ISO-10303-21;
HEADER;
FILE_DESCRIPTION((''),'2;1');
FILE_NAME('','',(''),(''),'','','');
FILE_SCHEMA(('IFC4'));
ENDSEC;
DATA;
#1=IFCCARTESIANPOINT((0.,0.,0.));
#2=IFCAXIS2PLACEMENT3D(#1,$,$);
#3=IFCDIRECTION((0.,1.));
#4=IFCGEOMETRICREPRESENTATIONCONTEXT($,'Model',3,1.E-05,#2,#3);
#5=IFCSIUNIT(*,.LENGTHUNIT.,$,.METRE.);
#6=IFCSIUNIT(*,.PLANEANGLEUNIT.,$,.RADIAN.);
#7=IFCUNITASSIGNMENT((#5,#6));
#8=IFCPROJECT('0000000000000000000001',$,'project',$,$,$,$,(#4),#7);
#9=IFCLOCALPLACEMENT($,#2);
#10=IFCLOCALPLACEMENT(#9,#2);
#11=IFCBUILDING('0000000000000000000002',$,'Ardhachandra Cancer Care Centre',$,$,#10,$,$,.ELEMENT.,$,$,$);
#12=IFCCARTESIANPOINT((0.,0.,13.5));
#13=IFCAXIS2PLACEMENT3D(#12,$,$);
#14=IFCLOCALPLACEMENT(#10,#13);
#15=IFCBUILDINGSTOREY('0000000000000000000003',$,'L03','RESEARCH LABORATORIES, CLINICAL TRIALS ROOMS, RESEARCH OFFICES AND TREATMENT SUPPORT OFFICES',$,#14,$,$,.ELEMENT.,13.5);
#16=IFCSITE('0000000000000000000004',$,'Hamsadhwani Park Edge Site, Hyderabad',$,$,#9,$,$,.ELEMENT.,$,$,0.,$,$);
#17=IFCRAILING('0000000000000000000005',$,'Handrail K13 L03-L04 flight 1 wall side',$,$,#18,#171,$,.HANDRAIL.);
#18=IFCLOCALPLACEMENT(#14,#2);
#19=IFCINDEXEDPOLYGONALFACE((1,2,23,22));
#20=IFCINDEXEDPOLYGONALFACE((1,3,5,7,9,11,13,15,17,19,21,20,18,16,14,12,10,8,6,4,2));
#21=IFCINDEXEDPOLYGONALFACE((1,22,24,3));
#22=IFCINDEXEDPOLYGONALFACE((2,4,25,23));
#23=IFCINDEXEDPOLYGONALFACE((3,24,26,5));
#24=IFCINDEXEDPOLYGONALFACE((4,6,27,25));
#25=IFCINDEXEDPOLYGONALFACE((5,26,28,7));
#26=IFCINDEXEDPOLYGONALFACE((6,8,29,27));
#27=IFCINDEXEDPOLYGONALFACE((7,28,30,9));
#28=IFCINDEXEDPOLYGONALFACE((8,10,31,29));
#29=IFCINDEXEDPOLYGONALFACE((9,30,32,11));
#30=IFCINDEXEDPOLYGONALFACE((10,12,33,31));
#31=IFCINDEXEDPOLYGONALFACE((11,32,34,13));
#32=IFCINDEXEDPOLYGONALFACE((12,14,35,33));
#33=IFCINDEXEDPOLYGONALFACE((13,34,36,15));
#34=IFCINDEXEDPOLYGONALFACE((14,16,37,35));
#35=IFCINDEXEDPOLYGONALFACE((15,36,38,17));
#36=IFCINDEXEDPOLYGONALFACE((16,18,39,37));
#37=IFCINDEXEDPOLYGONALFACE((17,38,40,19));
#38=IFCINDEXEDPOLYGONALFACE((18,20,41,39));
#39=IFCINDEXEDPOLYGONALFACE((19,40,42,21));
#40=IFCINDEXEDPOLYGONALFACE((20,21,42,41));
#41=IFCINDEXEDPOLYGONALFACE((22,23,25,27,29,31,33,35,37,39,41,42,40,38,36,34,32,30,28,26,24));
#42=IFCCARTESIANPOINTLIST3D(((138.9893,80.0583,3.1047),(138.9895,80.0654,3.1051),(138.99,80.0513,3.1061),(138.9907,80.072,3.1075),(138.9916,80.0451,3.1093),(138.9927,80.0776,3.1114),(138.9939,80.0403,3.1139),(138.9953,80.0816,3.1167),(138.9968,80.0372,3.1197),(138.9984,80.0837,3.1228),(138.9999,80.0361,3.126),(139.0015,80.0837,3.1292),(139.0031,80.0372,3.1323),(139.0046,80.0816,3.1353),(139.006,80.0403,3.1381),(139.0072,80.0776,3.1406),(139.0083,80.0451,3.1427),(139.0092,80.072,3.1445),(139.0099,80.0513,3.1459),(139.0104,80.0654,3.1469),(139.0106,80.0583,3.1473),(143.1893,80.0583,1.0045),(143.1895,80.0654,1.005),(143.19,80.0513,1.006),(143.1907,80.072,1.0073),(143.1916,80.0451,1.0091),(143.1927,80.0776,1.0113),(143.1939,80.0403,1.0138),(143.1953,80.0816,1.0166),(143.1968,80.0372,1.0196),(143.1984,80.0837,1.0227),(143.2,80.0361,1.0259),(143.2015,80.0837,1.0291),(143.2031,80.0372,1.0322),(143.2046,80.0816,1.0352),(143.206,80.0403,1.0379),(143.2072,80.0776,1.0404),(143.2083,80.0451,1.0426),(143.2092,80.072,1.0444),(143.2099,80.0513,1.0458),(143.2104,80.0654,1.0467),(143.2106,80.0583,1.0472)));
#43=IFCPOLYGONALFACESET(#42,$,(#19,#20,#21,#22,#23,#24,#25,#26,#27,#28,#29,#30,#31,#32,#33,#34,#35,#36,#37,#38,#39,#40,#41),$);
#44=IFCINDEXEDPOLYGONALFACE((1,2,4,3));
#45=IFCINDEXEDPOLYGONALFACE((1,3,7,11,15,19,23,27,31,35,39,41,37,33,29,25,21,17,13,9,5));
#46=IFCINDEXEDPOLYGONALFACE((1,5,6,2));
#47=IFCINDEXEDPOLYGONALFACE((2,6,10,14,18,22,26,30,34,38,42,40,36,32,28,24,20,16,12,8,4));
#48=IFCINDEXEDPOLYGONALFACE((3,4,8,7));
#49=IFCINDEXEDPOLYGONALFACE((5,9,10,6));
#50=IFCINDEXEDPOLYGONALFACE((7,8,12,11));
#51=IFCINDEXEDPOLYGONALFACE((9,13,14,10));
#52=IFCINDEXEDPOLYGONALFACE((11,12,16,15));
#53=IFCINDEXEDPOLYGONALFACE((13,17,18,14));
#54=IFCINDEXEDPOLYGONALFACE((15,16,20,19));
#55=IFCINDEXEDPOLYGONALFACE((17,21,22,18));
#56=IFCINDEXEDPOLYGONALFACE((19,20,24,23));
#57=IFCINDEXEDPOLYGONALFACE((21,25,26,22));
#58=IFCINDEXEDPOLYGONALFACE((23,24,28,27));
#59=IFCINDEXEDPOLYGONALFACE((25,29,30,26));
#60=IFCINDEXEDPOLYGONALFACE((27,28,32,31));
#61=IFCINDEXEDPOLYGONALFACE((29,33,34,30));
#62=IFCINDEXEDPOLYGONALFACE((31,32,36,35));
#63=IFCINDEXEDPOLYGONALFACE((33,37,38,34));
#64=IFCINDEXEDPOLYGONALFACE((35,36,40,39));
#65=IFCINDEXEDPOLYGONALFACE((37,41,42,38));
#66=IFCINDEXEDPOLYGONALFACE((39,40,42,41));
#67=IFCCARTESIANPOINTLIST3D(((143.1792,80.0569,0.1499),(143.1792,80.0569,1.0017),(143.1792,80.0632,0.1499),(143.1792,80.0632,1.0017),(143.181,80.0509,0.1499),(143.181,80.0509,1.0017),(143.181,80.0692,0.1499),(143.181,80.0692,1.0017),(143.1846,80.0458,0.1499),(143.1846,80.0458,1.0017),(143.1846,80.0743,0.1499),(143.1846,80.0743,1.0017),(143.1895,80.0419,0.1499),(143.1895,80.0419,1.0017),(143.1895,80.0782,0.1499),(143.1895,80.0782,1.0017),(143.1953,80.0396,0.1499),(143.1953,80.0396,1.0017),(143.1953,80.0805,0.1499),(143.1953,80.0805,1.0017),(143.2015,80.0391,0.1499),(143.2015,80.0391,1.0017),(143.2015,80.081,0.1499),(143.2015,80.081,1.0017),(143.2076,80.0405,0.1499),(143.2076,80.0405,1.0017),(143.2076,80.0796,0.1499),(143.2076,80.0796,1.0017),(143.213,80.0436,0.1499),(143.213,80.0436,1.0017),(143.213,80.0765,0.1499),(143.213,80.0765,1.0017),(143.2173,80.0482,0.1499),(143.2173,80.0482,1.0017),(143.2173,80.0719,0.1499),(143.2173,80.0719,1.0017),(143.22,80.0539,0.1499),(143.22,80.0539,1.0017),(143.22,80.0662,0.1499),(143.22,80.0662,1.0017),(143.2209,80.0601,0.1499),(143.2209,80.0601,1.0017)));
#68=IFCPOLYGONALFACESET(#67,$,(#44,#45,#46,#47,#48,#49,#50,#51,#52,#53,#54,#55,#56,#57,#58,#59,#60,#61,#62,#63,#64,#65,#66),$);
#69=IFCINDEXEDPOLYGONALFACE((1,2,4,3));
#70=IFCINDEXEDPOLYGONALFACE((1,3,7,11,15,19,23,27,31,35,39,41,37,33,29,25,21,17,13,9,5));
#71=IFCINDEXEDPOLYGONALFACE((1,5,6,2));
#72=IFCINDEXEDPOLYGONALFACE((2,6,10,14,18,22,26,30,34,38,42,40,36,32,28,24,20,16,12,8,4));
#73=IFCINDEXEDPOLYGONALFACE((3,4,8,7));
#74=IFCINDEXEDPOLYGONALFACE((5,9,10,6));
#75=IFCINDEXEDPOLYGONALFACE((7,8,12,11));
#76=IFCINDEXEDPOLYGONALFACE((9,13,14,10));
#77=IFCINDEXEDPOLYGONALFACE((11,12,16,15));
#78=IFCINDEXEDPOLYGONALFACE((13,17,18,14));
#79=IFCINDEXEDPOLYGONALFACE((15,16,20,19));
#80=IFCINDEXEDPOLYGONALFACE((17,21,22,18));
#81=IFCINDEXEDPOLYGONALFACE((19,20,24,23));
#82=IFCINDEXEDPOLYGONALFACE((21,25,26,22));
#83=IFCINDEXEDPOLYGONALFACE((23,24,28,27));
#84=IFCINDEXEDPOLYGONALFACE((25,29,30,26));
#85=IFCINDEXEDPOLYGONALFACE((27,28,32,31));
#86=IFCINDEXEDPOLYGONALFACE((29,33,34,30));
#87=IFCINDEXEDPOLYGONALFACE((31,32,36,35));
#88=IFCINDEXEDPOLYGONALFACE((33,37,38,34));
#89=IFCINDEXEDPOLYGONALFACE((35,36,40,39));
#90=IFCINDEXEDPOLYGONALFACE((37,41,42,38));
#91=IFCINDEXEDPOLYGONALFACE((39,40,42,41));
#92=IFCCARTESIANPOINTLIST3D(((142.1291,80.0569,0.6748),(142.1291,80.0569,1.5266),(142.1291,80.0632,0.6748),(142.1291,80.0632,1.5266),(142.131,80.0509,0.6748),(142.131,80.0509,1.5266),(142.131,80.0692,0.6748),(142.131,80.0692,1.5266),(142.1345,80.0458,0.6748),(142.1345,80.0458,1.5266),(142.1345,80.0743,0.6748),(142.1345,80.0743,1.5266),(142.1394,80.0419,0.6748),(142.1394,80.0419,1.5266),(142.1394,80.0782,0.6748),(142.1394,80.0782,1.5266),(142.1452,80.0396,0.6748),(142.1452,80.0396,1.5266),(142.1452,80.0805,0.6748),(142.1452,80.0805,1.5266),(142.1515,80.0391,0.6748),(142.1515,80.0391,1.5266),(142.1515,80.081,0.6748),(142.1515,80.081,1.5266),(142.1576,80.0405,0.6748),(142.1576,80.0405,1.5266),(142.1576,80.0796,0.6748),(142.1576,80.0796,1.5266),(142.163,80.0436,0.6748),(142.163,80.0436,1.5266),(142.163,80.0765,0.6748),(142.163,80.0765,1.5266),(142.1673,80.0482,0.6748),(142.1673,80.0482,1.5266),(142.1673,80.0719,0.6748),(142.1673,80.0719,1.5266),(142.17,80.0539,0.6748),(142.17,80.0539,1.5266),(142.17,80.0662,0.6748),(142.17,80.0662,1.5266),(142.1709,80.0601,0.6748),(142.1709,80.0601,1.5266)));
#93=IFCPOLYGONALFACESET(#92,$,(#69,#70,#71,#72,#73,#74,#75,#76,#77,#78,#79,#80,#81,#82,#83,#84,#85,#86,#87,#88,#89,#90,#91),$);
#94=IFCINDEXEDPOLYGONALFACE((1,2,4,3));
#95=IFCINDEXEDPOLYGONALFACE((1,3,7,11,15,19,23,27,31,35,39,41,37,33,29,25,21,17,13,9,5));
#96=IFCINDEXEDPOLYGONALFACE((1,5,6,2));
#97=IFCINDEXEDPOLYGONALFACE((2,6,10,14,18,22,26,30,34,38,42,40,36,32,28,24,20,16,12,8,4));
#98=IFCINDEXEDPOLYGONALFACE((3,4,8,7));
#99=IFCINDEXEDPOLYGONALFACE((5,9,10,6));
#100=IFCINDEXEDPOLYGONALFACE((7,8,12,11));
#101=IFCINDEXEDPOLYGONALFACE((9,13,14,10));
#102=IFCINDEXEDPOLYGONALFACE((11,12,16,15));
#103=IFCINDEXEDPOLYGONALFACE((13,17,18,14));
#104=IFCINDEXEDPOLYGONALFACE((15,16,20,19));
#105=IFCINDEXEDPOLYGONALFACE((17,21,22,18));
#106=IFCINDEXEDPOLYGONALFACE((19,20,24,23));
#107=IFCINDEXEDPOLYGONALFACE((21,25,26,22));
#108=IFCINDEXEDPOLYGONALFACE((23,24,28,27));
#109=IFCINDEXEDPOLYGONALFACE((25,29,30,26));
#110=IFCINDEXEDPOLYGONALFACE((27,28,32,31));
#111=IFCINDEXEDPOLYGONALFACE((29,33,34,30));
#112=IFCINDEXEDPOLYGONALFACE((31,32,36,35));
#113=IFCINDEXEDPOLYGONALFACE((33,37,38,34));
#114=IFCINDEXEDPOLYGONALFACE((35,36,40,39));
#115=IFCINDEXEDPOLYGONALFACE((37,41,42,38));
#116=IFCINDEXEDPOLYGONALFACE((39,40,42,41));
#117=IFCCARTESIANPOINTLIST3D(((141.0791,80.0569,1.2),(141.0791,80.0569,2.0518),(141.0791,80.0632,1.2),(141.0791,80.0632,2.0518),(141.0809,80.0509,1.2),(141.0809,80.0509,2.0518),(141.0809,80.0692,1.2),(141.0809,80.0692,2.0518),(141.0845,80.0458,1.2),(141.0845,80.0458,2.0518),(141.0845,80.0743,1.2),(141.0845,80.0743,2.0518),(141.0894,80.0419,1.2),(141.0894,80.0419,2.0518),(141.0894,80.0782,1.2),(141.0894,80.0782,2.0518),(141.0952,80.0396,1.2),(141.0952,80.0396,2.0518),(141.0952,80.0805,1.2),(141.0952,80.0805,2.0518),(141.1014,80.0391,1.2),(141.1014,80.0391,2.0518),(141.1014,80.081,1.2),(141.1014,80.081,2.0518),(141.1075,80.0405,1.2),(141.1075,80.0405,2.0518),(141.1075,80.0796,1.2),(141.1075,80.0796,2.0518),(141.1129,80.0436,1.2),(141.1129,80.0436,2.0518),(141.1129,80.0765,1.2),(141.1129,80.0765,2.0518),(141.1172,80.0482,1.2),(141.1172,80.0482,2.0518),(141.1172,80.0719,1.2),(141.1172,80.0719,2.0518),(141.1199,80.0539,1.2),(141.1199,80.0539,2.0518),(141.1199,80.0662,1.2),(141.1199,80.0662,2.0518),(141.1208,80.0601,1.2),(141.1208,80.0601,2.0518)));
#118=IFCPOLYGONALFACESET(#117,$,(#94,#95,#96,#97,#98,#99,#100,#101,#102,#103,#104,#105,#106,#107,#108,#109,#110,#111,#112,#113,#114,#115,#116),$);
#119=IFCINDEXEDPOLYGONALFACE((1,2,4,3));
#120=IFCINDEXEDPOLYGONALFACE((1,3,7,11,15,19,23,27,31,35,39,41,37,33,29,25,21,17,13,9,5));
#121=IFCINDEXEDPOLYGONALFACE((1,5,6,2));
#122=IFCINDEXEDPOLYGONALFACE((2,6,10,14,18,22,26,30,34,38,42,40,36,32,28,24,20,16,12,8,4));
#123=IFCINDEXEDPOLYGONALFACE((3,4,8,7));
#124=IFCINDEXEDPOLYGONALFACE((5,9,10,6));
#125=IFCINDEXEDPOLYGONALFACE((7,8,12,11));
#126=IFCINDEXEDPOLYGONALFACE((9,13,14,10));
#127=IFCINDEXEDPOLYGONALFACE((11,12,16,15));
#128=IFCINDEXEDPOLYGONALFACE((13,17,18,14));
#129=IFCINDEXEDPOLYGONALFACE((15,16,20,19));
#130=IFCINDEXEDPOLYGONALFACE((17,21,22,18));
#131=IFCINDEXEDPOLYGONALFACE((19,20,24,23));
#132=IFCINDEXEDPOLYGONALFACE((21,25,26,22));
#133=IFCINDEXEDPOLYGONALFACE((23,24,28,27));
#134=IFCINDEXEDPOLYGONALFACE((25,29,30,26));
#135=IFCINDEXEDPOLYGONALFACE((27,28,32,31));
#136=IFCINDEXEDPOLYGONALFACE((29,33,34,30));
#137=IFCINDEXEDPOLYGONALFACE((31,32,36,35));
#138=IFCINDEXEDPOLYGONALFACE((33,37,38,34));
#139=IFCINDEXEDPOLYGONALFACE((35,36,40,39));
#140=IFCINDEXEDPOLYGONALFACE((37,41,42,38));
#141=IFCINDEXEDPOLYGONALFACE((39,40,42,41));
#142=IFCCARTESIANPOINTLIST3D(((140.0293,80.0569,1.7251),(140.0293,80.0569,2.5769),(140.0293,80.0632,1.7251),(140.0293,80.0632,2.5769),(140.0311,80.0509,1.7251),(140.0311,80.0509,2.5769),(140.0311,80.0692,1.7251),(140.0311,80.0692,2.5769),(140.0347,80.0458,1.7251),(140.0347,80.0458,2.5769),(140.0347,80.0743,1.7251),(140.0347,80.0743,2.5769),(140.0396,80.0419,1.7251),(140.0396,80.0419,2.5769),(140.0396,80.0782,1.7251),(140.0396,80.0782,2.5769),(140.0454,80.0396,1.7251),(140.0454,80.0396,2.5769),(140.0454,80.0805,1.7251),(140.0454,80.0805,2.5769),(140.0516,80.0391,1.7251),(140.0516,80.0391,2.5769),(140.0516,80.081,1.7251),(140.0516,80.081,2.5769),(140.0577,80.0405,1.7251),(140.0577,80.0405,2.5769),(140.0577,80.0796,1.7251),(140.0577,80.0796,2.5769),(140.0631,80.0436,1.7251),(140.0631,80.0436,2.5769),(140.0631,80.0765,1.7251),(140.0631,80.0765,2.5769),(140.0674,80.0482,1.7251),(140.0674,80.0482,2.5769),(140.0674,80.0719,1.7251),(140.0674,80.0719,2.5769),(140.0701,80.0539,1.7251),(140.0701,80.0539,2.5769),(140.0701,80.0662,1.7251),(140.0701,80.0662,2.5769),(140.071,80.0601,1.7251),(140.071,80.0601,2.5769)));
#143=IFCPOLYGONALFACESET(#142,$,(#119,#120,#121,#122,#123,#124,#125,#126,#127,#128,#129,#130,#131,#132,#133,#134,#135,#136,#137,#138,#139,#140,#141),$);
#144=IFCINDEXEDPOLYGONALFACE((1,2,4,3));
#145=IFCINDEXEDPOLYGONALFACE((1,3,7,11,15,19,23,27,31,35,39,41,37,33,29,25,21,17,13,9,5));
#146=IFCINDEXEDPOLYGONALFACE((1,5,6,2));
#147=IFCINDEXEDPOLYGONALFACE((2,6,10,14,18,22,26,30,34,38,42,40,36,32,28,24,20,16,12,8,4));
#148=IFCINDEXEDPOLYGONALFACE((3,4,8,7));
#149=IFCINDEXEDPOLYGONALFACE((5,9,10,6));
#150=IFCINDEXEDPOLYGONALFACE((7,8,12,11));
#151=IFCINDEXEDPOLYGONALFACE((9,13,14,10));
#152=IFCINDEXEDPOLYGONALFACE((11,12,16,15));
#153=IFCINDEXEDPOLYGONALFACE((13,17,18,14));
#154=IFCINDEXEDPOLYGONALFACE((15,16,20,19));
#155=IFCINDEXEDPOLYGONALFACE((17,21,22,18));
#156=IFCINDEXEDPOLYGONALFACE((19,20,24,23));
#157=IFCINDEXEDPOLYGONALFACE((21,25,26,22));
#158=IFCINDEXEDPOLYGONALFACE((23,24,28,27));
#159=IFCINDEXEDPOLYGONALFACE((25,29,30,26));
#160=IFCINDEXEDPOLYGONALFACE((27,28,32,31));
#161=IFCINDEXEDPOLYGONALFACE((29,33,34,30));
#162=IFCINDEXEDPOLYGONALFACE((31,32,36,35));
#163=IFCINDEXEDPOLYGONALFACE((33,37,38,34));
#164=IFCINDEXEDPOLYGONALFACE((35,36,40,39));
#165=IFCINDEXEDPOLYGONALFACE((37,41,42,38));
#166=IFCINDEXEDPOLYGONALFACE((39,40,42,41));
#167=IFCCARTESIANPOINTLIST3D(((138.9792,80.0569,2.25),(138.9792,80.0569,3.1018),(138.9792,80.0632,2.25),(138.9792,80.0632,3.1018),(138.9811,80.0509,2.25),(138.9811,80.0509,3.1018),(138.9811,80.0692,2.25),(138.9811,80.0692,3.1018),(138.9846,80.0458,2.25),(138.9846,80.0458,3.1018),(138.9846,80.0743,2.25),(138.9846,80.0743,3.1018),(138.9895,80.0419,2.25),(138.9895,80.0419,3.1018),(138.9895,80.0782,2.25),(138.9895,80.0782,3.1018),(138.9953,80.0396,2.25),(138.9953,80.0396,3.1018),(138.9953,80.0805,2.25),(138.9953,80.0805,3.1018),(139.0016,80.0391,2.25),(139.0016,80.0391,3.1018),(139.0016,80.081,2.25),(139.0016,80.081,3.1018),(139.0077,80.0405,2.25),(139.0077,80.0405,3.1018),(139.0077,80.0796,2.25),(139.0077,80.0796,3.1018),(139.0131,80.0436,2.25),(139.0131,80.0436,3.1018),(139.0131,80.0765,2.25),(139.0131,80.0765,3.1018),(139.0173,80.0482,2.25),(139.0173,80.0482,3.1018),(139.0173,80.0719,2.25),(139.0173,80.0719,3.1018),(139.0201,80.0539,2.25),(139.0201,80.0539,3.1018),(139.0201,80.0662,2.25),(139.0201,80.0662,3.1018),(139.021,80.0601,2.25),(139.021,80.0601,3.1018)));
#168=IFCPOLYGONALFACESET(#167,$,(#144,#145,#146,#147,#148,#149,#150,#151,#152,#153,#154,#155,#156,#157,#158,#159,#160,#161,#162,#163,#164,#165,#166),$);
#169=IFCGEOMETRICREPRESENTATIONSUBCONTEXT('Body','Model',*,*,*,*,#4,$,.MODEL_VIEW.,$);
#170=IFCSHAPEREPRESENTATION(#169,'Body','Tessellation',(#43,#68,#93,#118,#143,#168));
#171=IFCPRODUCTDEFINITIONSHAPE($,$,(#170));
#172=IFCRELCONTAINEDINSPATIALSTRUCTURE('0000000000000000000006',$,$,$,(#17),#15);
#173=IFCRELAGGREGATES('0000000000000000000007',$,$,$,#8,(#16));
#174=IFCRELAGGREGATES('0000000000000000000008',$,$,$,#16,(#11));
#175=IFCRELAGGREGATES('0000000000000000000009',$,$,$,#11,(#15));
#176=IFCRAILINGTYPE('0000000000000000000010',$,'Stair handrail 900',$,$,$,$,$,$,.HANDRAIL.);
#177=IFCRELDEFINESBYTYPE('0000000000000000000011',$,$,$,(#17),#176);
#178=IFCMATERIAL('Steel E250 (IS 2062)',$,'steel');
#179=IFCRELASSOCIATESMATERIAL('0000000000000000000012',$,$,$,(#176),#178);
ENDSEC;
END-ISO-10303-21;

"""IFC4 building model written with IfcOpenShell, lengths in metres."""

from ifc_helpers import new_model, si_unit, direction, frame, origin, origin_2d, place, context, subcontext, project, spatial, circle, extrude, material, type_object, element, save


model = new_model("IFC4")

# Units and contexts
model_context = context("Model", 3, precision=1e-05, world=origin(), true_north=direction((0.0, 1.0)))
body_context = subcontext(model_context, "Body", "Model", "MODEL_VIEW")
ifc_project = project(units=[si_unit("LENGTHUNIT", "METRE"), si_unit("PLANEANGLEUNIT", "RADIAN")], contexts=[model_context])

# Site, building, storey
site_placement = place(None, origin())
site = spatial("IfcSite", under=ifc_project, at=site_placement, Name="Hamsadhwani Park Edge Site, Hyderabad", CompositionType="ELEMENT", RefElevation=0.0)
building_placement = place(site_placement, origin())
building = spatial("IfcBuilding", under=site, at=building_placement, Name="Ardhachandra Cancer Care Centre", CompositionType="ELEMENT")
storey_placement = place(building_placement, frame((0.0, 0.0, 13.5)))
storey = spatial("IfcBuildingStorey", under=building, at=storey_placement, Name="L03", Description="RESEARCH LABORATORIES, CLINICAL TRIALS ROOMS, RESEARCH OFFICES AND TREATMENT SUPPORT OFFICES", CompositionType="ELEMENT", Elevation=13.5)

# Railing
ifc_material_1 = material(Name="Steel E250 (IS 2062)", Category="steel")
railing_type_1 = type_object("IfcRailingType", Name="Stair handrail 900", PredefinedType="HANDRAIL", material=ifc_material_1)
for number, where, name in (
    (1, (143.2, 80.0601, 0.1499), "Handrail K13 L03-L04 flight 1 wall side"),
):
    element("IfcRailing", number, at=place(storey_placement, frame(where)), inside=storey, type_object=railing_type_1, Name=name, PredefinedType="HANDRAIL", context=body_context, shape_type="SweptSolid", body=[
        extrude(circle(Radius=0.0239, at=origin_2d()), frame((0.0, 0.0, 0.876), z_axis=(-0.894417, 0.0, 0.447234), x_axis=(0.0, -1.0, 0.0)), (0.0, 0.0, 1.0), 4.6958),
        extrude(circle(Radius=0.021, at=origin_2d()), origin(), (0.0, 0.0, 1.0), 0.8518),
        extrude(circle(Radius=0.021, at=origin_2d()), frame((-1.05, 0.0, 0.5249)), (0.0, 0.0, 1.0), 0.8518),
        extrude(circle(Radius=0.021, at=origin_2d()), frame((-2.1001, 0.0, 1.05)), (0.0, 0.0, 1.0), 0.8518),
        extrude(circle(Radius=0.021, at=origin_2d()), frame((-3.1499, 0.0, 1.5752)), (0.0, 0.0, 1.0), 0.8518),
        extrude(circle(Radius=0.021, at=origin_2d()), frame((-4.2, 0.0, 2.1001)), (0.0, 0.0, 1.0), 0.8518),
    ])

save(model, "model.ifc")
